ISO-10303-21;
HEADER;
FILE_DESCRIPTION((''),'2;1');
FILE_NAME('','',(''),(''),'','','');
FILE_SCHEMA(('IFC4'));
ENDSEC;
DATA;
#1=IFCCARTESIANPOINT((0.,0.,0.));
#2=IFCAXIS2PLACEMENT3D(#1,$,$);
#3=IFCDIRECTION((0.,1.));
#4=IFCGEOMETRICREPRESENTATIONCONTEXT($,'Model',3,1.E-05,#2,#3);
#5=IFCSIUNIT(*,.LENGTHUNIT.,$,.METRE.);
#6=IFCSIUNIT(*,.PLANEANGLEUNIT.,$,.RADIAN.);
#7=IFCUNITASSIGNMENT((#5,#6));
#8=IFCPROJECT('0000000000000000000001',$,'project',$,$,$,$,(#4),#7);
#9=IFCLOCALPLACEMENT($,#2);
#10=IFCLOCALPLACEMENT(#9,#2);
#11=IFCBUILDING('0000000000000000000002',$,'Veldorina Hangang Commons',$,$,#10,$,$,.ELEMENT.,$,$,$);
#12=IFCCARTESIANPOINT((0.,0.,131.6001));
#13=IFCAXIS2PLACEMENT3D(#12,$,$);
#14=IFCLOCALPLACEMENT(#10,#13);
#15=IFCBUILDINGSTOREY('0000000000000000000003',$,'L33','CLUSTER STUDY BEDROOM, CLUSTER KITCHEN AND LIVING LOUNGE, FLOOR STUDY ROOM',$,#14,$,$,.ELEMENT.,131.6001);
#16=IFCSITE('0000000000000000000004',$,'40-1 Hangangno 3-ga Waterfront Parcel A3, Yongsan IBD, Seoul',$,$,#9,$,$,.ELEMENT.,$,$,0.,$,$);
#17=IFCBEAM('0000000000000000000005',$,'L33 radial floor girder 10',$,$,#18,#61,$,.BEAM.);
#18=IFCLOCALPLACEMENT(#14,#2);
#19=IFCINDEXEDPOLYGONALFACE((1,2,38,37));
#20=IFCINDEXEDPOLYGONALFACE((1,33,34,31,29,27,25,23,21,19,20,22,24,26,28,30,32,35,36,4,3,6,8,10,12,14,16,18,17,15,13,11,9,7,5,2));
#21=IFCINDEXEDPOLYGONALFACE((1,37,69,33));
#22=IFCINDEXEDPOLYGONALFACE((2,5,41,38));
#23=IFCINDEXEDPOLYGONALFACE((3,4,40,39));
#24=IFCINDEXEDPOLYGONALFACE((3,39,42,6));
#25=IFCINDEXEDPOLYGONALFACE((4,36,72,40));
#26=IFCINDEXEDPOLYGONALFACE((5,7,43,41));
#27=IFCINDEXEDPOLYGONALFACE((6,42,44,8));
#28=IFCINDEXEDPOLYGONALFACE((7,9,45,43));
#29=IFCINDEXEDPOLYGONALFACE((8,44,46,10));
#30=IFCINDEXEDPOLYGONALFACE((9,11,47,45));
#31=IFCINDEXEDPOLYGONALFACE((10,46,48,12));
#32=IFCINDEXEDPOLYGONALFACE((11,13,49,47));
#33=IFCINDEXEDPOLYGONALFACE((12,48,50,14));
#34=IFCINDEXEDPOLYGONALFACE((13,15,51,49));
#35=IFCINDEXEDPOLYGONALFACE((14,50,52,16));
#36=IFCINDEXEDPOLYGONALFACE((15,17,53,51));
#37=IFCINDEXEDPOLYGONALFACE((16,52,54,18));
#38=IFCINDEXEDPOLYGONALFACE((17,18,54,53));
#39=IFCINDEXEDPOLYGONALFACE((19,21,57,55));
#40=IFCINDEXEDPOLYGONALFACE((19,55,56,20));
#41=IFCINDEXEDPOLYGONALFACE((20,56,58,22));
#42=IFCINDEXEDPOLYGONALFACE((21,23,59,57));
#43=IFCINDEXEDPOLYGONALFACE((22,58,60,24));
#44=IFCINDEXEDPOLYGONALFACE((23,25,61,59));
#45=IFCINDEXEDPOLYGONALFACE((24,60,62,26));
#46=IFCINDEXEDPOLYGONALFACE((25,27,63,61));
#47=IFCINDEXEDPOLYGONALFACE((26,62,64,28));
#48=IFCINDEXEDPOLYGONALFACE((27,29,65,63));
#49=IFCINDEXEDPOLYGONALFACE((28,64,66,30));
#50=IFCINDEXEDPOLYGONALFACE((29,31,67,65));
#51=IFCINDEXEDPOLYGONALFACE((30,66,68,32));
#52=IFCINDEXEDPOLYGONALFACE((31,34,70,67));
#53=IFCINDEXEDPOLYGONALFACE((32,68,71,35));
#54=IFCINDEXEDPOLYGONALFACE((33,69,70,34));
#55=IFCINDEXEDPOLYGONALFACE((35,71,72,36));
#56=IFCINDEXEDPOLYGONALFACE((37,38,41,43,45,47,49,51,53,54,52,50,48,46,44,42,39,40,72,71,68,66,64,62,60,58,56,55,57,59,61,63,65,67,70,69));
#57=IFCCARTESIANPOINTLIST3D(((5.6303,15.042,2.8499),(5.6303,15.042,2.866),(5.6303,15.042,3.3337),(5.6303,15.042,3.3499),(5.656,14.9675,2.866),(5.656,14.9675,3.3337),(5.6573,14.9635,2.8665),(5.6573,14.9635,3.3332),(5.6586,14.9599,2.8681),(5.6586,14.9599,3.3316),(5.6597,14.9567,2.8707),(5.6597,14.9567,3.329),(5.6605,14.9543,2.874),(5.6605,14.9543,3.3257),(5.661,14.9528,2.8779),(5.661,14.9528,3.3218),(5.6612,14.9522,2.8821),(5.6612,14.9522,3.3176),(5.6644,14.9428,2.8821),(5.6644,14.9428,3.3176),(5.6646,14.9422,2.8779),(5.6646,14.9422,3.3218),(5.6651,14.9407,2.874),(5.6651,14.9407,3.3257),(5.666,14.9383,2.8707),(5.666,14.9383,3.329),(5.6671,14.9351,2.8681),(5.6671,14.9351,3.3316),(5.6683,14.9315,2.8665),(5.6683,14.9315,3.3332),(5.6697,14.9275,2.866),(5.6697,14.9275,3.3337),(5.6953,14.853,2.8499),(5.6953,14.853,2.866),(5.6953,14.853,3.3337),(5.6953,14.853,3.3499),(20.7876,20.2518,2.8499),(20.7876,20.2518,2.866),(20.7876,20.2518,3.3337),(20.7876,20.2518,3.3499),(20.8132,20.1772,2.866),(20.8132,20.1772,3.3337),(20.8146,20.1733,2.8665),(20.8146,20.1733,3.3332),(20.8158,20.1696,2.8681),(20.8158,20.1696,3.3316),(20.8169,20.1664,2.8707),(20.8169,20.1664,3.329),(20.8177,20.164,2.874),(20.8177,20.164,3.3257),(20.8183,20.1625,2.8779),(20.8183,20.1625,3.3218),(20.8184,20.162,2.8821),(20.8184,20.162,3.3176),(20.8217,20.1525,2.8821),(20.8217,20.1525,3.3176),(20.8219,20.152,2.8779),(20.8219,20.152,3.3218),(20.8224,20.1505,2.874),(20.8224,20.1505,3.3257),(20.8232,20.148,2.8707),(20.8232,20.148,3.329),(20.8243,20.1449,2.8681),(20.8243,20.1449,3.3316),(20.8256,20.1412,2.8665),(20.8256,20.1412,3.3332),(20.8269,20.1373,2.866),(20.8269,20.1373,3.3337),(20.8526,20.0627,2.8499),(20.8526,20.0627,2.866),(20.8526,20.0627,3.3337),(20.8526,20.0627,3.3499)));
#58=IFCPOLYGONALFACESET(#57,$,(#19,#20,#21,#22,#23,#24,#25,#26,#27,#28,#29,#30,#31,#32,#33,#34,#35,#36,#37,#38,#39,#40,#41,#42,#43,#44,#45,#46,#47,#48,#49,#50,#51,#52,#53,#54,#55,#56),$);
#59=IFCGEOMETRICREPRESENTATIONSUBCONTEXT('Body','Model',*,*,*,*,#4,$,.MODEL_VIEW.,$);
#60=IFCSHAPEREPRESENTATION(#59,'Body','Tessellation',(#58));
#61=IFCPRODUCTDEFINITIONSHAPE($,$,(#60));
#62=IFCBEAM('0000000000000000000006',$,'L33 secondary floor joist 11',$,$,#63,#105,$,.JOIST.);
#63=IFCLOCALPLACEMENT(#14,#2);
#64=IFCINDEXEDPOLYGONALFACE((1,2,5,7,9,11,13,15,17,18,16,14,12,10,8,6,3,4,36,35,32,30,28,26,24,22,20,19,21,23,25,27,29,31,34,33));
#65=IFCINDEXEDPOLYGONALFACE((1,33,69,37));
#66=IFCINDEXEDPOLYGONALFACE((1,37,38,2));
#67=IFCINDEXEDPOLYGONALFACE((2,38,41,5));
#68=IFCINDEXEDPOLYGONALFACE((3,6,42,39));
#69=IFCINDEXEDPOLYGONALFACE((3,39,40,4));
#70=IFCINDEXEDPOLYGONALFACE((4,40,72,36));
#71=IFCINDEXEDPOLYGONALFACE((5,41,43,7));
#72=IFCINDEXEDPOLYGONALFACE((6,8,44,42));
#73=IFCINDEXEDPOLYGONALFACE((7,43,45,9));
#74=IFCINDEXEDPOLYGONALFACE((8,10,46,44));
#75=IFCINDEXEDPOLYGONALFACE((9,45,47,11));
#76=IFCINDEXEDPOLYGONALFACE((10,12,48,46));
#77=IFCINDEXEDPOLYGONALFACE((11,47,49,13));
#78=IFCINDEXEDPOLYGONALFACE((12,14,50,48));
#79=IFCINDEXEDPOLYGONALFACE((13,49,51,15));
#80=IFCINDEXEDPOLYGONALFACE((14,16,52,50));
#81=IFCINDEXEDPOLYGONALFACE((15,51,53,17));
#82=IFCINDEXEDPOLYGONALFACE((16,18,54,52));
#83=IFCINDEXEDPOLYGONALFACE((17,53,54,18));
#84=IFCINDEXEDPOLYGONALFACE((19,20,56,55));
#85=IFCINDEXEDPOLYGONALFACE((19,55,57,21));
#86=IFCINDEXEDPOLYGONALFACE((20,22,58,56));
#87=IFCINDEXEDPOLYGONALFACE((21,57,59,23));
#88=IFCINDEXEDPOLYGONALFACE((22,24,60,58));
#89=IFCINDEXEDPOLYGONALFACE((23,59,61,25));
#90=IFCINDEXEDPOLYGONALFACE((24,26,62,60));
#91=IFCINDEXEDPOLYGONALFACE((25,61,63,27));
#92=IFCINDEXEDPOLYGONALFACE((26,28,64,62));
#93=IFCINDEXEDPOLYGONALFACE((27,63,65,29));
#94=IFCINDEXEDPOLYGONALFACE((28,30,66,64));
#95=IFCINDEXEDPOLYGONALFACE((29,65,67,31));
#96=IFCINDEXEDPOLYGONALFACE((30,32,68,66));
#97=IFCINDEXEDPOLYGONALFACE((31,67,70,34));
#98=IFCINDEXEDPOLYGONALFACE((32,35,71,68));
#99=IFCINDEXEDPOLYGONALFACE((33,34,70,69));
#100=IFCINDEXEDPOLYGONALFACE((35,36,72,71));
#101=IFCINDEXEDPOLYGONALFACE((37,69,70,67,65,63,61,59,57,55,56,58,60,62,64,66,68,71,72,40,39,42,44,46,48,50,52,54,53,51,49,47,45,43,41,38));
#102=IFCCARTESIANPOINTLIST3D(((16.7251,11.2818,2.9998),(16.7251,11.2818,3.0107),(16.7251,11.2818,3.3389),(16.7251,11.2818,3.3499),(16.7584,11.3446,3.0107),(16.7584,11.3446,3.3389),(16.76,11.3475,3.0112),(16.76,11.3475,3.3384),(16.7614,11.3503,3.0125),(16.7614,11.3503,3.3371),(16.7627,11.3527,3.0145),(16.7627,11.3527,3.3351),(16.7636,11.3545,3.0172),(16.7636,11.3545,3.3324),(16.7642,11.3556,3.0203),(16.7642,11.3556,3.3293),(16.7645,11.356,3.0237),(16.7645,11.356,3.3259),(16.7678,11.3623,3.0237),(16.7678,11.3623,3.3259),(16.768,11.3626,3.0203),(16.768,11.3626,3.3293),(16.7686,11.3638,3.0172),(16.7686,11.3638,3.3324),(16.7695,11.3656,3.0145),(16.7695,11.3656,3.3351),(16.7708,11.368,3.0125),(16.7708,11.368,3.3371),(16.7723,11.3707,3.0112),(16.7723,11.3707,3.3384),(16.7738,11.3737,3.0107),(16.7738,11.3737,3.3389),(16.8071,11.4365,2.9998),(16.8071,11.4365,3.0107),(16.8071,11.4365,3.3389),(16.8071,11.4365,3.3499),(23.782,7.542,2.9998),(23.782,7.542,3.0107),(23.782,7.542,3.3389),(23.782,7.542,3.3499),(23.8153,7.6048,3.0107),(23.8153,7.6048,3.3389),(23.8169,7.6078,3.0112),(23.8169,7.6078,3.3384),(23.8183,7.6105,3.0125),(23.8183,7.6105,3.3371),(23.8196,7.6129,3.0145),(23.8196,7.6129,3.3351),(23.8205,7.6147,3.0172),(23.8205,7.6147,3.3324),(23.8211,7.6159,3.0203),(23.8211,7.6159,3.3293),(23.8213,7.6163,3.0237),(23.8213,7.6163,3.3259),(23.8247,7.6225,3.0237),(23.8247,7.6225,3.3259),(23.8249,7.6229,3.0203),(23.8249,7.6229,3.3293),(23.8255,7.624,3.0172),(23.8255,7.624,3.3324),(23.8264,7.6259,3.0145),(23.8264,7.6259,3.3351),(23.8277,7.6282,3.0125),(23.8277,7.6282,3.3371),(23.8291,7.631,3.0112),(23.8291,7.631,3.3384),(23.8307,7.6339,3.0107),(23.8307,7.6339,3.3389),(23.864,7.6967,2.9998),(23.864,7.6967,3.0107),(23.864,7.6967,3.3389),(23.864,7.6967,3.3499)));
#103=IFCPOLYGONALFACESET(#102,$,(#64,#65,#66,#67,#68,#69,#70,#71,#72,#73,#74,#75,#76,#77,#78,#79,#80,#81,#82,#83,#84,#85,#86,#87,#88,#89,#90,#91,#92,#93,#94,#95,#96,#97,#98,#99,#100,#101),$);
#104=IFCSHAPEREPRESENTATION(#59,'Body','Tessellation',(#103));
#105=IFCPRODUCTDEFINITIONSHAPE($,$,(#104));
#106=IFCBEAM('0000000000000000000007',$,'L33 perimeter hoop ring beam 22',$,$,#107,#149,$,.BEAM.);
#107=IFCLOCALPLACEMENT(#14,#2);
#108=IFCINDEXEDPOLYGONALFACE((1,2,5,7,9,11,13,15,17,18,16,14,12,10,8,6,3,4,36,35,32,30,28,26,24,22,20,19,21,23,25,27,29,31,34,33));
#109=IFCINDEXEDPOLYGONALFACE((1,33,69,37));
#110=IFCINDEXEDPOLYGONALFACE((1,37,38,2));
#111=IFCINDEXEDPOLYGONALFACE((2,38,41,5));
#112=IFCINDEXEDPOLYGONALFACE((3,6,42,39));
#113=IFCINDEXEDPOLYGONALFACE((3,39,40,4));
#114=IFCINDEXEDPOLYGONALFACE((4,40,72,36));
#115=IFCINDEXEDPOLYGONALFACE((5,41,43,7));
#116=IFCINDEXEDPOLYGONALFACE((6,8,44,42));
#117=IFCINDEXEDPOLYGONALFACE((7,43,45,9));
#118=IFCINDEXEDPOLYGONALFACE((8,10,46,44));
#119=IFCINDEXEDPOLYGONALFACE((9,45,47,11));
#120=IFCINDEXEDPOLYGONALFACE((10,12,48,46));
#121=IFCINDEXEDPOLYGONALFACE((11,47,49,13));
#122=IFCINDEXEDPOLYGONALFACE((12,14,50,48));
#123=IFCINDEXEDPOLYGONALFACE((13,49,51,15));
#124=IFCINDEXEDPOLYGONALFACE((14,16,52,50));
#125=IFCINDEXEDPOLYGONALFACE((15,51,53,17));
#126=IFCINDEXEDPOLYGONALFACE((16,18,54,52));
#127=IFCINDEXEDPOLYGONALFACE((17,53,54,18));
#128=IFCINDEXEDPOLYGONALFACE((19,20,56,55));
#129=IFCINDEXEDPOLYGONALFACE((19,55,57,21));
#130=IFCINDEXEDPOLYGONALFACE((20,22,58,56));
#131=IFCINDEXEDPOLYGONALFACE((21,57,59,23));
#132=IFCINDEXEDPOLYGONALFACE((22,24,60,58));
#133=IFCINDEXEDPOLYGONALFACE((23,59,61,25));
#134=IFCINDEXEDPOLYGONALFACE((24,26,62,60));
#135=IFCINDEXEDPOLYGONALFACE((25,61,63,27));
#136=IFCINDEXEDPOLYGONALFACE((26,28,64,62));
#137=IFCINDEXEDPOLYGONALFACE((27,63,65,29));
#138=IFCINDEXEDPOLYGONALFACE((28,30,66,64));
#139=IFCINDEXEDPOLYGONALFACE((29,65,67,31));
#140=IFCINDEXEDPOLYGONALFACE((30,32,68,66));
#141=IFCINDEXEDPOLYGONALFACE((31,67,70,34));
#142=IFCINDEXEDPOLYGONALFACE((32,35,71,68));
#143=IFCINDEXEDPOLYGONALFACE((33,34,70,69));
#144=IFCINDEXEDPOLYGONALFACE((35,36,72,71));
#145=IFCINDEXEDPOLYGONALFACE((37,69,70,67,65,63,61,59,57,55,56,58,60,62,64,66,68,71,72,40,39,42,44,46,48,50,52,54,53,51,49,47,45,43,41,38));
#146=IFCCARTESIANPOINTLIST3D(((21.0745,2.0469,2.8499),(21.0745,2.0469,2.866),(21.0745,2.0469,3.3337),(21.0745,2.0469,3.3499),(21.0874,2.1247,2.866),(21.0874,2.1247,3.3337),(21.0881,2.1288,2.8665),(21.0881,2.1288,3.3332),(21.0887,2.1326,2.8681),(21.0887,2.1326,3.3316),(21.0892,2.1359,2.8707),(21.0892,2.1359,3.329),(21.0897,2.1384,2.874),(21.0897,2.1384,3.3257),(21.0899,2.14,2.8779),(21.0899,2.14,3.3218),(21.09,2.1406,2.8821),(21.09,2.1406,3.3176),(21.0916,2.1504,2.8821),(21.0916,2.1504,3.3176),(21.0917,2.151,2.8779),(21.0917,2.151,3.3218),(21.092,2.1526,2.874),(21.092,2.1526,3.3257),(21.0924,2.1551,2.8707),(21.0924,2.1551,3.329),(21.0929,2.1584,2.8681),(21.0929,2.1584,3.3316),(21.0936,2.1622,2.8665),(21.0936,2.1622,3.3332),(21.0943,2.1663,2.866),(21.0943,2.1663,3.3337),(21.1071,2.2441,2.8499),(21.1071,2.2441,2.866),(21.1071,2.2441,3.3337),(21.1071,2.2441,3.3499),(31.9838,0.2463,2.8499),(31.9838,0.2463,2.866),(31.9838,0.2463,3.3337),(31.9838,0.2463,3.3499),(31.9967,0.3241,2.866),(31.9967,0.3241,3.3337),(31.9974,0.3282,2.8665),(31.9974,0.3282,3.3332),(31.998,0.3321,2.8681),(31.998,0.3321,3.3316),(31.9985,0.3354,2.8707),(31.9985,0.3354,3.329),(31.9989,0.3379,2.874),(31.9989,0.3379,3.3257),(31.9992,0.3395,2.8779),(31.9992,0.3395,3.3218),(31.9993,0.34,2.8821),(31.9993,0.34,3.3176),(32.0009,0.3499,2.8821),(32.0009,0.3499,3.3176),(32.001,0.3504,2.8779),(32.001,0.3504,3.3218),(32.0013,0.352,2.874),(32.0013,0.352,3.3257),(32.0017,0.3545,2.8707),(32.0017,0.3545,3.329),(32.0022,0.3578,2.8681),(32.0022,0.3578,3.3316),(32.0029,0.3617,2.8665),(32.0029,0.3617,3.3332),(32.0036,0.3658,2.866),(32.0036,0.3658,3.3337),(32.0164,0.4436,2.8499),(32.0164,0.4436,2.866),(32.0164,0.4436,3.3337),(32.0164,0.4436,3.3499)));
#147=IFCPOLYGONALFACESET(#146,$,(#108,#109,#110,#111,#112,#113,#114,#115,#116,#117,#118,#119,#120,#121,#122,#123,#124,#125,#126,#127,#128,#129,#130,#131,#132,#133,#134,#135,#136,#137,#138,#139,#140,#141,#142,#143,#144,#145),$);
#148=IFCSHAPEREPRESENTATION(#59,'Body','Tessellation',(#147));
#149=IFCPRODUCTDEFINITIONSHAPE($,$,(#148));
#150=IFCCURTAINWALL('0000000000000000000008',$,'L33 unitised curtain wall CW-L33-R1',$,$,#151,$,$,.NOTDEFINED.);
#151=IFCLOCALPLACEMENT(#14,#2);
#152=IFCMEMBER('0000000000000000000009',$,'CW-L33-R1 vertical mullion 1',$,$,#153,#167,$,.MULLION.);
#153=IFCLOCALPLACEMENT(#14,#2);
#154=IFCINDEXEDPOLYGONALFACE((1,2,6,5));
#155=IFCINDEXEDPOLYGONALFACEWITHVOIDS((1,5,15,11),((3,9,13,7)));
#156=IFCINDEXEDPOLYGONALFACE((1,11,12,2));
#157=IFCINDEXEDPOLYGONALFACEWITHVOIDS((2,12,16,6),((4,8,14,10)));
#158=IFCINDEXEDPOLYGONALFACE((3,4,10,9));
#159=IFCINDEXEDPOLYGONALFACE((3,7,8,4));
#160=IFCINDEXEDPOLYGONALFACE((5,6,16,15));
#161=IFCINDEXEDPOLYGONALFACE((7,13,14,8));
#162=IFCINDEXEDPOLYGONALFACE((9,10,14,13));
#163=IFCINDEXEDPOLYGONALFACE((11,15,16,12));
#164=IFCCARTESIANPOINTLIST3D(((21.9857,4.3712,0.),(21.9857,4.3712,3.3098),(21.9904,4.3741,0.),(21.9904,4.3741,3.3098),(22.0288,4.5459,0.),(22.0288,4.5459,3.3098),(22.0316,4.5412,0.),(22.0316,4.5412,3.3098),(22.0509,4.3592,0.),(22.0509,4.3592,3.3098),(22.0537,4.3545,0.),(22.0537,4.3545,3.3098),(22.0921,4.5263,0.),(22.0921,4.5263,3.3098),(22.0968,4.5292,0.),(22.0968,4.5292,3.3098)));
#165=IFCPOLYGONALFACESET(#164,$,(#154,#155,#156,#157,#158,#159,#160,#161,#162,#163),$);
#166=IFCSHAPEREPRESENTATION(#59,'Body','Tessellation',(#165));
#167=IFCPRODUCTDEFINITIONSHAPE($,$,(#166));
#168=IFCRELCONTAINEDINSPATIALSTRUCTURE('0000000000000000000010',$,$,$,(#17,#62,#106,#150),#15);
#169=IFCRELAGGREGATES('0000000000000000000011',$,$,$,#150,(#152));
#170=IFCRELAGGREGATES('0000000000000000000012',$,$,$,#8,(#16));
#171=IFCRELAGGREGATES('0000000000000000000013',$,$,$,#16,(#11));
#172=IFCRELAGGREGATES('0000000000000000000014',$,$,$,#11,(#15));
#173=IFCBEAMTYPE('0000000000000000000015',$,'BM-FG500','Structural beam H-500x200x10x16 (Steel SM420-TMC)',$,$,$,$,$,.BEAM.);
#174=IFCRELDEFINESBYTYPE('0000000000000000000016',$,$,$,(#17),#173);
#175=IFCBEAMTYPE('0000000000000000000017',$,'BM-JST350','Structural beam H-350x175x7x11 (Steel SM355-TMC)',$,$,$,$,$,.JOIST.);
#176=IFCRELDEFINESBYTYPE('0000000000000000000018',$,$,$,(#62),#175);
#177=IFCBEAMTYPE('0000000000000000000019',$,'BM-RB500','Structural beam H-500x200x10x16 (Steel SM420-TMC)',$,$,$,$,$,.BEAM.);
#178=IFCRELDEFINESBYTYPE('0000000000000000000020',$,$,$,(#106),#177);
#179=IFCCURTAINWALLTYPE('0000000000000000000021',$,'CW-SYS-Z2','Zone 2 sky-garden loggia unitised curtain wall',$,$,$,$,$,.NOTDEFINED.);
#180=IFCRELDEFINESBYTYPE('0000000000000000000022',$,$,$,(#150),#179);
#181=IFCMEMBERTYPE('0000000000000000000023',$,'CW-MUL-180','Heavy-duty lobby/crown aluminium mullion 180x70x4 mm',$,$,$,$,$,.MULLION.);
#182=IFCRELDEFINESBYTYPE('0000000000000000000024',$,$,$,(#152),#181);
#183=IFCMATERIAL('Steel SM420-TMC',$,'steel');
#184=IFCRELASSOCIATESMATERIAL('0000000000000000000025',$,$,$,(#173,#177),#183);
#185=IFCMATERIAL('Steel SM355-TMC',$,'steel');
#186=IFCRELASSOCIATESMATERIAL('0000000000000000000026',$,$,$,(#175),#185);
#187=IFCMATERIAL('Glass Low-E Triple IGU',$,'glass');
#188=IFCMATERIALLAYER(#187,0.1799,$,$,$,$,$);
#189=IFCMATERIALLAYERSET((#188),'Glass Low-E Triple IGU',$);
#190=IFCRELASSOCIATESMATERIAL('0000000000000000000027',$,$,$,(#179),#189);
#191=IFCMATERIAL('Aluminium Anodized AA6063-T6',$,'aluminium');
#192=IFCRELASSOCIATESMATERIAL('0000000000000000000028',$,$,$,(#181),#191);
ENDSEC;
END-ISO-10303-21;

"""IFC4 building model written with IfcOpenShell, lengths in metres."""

from ifc_helpers import new_model, si_unit, direction, frame, origin, origin_2d, place, context, subcontext, project, spatial, hollow_rectangle, i_section, extrude, material, layer, layer_set, material_profile, profile_set, type_object, element, aggregate, save


model = new_model("IFC4")

# Units and contexts
model_context = context("Model", 3, precision=1e-05, world=origin(), true_north=direction((0.0, 1.0)))
body_context = subcontext(model_context, "Body", "Model", "MODEL_VIEW")
ifc_project = project(units=[si_unit("LENGTHUNIT", "METRE"), si_unit("PLANEANGLEUNIT", "RADIAN")], contexts=[model_context])

# Site, building, storey
site_placement = place(None, origin())
site = spatial("IfcSite", under=ifc_project, at=site_placement, Name="40-1 Hangangno 3-ga Waterfront Parcel A3, Yongsan IBD, Seoul", CompositionType="ELEMENT", RefElevation=0.0)
building_placement = place(site_placement, origin())
building = spatial("IfcBuilding", under=site, at=building_placement, Name="Veldorina Hangang Commons", CompositionType="ELEMENT")
storey_placement = place(building_placement, frame((0.0, 0.0, 131.6001)))
storey = spatial("IfcBuildingStorey", under=building, at=storey_placement, Name="L33", Description="CLUSTER STUDY BEDROOM, CLUSTER KITCHEN AND LIVING LOUNGE, FLOOR STUDY ROOM", CompositionType="ELEMENT", Elevation=131.6001)

# Beams
ifc_material_1 = material(Name="Steel SM420-TMC", Category="steel")
ifc_material_profile_1 = material_profile(ifc_material_1, i_section(OverallWidth=0.2, OverallDepth=0.5, WebThickness=0.01, FlangeThickness=0.0161, FilletRadius=0.0161, at=origin_2d()), Name="H-500x200x10x16")
ifc_profile_set_1 = profile_set([ifc_material_profile_1], Name="Steel SM420-TMC")
beam_type_1 = type_object("IfcBeamType", Name="BM-FG500", Description="Structural beam H-500x200x10x16 (Steel SM420-TMC)", PredefinedType="BEAM", material=ifc_profile_set_1)
beam_1_placement = place(storey_placement, frame((20.8201, 20.1572, 3.0999), z_axis=(-0.945698, -0.325047, 0.0), x_axis=(0.325047, -0.945698, 0.0)))
element("IfcBeam", 1, at=beam_1_placement, inside=storey, type_object=beam_type_1, Name="L33 radial floor girder 10", PredefinedType="BEAM", context=body_context, shape_type="SweptSolid", body=[
    extrude(i_section(OverallWidth=0.2, OverallDepth=0.5, WebThickness=0.01, FlangeThickness=0.0161, FilletRadius=0.0161, at=origin_2d()), origin(), (0.0, 0.0, 1.0), 16.0276),
])
ifc_material_2 = material(Name="Steel SM355-TMC", Category="steel")
ifc_material_profile_2 = material_profile(ifc_material_2, i_section(OverallWidth=0.175, OverallDepth=0.3501, WebThickness=0.0071, FlangeThickness=0.011, FilletRadius=0.0129, at=origin_2d()), Name="H-350x175x7x11")
ifc_profile_set_2 = profile_set([ifc_material_profile_2], Name="Steel SM355-TMC")
beam_type_2 = type_object("IfcBeamType", Name="BM-JST350", Description="Structural beam H-350x175x7x11 (Steel SM355-TMC)", PredefinedType="JOIST", material=ifc_profile_set_2)
beam_2_placement = place(storey_placement, frame((16.7661, 11.3591, 3.1748), z_axis=(0.883594, -0.468254, 0.0), x_axis=(0.468254, 0.883594, 0.0)))
element("IfcBeam", 2, at=beam_2_placement, inside=storey, type_object=beam_type_2, Name="L33 secondary floor joist 11", PredefinedType="JOIST", context=body_context, shape_type="SweptSolid", body=[
    extrude(i_section(OverallWidth=0.175, OverallDepth=0.3501, WebThickness=0.0071, FlangeThickness=0.011, FilletRadius=0.0129, at=origin_2d()), origin(), (0.0, 0.0, 1.0), 7.9866),
])
ifc_material_profile_3 = material_profile(ifc_material_1, i_section(OverallWidth=0.2, OverallDepth=0.5, WebThickness=0.01, FlangeThickness=0.0161, FilletRadius=0.0161, at=origin_2d()), Name="H-500x200x10x16")
ifc_profile_set_3 = profile_set([ifc_material_profile_3], Name="Steel SM420-TMC")
beam_type_3 = type_object("IfcBeamType", Name="BM-RB500", Description="Structural beam H-500x200x10x16 (Steel SM420-TMC)", PredefinedType="BEAM", material=ifc_profile_set_3)
beam_3_placement = place(storey_placement, frame((21.0908, 2.1455, 3.0999), z_axis=(0.986652, -0.162845, 0.0), x_axis=(0.162845, 0.986652, 0.0)))
element("IfcBeam", 3, at=beam_3_placement, inside=storey, type_object=beam_type_3, Name="L33 perimeter hoop ring beam 22", PredefinedType="BEAM", context=body_context, shape_type="SweptSolid", body=[
    extrude(i_section(OverallWidth=0.2, OverallDepth=0.5, WebThickness=0.01, FlangeThickness=0.0161, FilletRadius=0.0161, at=origin_2d()), origin(), (0.0, 0.0, 1.0), 11.0569),
])

# Curtain wall, member
ifc_material_3 = material(Name="Glass Low-E Triple IGU", Category="glass")
ifc_layer_1 = layer(ifc_material_3, 0.1799)
ifc_layer_set_1 = layer_set([ifc_layer_1], Name="Glass Low-E Triple IGU")
curtain_wall_type = type_object("IfcCurtainWallType", Name="CW-SYS-Z2", Description="Zone 2 sky-garden loggia unitised curtain wall", PredefinedType="NOTDEFINED", material=ifc_layer_set_1)
curtain_wall_placement = place(storey_placement, origin())
curtain_wall = element("IfcCurtainWall", 4, at=curtain_wall_placement, inside=storey, type_object=curtain_wall_type, Name="L33 unitised curtain wall CW-L33-R1", PredefinedType="NOTDEFINED")
ifc_material_4 = material(Name="Aluminium Anodized AA6063-T6", Category="aluminium")
ifc_material_profile_4 = material_profile(ifc_material_4, hollow_rectangle(XDim=0.0701, YDim=0.1799, WallThickness=0.0039, at=origin_2d()), Name="ALU-RHS-180x70x4")
ifc_profile_set_4 = profile_set([ifc_material_profile_4], Name="Aluminium Anodized AA6063-T6")
member_type_1 = type_object("IfcMemberType", Name="CW-MUL-180", Description="Heavy-duty lobby/crown aluminium mullion 180x70x4 mm", PredefinedType="MULLION", material=ifc_profile_set_4)
member_1_placement = place(storey_placement, frame((22.0413, 4.4502, 0.0), z_axis=(0.0, 0.0, 1.0), x_axis=(0.970896, -0.239499, 0.0)))
member_1 = element("IfcMember", 5, at=member_1_placement, type_object=member_type_1, Name="CW-L33-R1 vertical mullion 1", PredefinedType="MULLION", context=body_context, shape_type="SweptSolid", body=[
    extrude(hollow_rectangle(XDim=0.0701, YDim=0.1799, WallThickness=0.0039, at=origin_2d()), origin(), (0.0, 0.0, 1.0), 3.3098),
])
aggregate(curtain_wall, [member_1])

save(model, "model.ifc")
